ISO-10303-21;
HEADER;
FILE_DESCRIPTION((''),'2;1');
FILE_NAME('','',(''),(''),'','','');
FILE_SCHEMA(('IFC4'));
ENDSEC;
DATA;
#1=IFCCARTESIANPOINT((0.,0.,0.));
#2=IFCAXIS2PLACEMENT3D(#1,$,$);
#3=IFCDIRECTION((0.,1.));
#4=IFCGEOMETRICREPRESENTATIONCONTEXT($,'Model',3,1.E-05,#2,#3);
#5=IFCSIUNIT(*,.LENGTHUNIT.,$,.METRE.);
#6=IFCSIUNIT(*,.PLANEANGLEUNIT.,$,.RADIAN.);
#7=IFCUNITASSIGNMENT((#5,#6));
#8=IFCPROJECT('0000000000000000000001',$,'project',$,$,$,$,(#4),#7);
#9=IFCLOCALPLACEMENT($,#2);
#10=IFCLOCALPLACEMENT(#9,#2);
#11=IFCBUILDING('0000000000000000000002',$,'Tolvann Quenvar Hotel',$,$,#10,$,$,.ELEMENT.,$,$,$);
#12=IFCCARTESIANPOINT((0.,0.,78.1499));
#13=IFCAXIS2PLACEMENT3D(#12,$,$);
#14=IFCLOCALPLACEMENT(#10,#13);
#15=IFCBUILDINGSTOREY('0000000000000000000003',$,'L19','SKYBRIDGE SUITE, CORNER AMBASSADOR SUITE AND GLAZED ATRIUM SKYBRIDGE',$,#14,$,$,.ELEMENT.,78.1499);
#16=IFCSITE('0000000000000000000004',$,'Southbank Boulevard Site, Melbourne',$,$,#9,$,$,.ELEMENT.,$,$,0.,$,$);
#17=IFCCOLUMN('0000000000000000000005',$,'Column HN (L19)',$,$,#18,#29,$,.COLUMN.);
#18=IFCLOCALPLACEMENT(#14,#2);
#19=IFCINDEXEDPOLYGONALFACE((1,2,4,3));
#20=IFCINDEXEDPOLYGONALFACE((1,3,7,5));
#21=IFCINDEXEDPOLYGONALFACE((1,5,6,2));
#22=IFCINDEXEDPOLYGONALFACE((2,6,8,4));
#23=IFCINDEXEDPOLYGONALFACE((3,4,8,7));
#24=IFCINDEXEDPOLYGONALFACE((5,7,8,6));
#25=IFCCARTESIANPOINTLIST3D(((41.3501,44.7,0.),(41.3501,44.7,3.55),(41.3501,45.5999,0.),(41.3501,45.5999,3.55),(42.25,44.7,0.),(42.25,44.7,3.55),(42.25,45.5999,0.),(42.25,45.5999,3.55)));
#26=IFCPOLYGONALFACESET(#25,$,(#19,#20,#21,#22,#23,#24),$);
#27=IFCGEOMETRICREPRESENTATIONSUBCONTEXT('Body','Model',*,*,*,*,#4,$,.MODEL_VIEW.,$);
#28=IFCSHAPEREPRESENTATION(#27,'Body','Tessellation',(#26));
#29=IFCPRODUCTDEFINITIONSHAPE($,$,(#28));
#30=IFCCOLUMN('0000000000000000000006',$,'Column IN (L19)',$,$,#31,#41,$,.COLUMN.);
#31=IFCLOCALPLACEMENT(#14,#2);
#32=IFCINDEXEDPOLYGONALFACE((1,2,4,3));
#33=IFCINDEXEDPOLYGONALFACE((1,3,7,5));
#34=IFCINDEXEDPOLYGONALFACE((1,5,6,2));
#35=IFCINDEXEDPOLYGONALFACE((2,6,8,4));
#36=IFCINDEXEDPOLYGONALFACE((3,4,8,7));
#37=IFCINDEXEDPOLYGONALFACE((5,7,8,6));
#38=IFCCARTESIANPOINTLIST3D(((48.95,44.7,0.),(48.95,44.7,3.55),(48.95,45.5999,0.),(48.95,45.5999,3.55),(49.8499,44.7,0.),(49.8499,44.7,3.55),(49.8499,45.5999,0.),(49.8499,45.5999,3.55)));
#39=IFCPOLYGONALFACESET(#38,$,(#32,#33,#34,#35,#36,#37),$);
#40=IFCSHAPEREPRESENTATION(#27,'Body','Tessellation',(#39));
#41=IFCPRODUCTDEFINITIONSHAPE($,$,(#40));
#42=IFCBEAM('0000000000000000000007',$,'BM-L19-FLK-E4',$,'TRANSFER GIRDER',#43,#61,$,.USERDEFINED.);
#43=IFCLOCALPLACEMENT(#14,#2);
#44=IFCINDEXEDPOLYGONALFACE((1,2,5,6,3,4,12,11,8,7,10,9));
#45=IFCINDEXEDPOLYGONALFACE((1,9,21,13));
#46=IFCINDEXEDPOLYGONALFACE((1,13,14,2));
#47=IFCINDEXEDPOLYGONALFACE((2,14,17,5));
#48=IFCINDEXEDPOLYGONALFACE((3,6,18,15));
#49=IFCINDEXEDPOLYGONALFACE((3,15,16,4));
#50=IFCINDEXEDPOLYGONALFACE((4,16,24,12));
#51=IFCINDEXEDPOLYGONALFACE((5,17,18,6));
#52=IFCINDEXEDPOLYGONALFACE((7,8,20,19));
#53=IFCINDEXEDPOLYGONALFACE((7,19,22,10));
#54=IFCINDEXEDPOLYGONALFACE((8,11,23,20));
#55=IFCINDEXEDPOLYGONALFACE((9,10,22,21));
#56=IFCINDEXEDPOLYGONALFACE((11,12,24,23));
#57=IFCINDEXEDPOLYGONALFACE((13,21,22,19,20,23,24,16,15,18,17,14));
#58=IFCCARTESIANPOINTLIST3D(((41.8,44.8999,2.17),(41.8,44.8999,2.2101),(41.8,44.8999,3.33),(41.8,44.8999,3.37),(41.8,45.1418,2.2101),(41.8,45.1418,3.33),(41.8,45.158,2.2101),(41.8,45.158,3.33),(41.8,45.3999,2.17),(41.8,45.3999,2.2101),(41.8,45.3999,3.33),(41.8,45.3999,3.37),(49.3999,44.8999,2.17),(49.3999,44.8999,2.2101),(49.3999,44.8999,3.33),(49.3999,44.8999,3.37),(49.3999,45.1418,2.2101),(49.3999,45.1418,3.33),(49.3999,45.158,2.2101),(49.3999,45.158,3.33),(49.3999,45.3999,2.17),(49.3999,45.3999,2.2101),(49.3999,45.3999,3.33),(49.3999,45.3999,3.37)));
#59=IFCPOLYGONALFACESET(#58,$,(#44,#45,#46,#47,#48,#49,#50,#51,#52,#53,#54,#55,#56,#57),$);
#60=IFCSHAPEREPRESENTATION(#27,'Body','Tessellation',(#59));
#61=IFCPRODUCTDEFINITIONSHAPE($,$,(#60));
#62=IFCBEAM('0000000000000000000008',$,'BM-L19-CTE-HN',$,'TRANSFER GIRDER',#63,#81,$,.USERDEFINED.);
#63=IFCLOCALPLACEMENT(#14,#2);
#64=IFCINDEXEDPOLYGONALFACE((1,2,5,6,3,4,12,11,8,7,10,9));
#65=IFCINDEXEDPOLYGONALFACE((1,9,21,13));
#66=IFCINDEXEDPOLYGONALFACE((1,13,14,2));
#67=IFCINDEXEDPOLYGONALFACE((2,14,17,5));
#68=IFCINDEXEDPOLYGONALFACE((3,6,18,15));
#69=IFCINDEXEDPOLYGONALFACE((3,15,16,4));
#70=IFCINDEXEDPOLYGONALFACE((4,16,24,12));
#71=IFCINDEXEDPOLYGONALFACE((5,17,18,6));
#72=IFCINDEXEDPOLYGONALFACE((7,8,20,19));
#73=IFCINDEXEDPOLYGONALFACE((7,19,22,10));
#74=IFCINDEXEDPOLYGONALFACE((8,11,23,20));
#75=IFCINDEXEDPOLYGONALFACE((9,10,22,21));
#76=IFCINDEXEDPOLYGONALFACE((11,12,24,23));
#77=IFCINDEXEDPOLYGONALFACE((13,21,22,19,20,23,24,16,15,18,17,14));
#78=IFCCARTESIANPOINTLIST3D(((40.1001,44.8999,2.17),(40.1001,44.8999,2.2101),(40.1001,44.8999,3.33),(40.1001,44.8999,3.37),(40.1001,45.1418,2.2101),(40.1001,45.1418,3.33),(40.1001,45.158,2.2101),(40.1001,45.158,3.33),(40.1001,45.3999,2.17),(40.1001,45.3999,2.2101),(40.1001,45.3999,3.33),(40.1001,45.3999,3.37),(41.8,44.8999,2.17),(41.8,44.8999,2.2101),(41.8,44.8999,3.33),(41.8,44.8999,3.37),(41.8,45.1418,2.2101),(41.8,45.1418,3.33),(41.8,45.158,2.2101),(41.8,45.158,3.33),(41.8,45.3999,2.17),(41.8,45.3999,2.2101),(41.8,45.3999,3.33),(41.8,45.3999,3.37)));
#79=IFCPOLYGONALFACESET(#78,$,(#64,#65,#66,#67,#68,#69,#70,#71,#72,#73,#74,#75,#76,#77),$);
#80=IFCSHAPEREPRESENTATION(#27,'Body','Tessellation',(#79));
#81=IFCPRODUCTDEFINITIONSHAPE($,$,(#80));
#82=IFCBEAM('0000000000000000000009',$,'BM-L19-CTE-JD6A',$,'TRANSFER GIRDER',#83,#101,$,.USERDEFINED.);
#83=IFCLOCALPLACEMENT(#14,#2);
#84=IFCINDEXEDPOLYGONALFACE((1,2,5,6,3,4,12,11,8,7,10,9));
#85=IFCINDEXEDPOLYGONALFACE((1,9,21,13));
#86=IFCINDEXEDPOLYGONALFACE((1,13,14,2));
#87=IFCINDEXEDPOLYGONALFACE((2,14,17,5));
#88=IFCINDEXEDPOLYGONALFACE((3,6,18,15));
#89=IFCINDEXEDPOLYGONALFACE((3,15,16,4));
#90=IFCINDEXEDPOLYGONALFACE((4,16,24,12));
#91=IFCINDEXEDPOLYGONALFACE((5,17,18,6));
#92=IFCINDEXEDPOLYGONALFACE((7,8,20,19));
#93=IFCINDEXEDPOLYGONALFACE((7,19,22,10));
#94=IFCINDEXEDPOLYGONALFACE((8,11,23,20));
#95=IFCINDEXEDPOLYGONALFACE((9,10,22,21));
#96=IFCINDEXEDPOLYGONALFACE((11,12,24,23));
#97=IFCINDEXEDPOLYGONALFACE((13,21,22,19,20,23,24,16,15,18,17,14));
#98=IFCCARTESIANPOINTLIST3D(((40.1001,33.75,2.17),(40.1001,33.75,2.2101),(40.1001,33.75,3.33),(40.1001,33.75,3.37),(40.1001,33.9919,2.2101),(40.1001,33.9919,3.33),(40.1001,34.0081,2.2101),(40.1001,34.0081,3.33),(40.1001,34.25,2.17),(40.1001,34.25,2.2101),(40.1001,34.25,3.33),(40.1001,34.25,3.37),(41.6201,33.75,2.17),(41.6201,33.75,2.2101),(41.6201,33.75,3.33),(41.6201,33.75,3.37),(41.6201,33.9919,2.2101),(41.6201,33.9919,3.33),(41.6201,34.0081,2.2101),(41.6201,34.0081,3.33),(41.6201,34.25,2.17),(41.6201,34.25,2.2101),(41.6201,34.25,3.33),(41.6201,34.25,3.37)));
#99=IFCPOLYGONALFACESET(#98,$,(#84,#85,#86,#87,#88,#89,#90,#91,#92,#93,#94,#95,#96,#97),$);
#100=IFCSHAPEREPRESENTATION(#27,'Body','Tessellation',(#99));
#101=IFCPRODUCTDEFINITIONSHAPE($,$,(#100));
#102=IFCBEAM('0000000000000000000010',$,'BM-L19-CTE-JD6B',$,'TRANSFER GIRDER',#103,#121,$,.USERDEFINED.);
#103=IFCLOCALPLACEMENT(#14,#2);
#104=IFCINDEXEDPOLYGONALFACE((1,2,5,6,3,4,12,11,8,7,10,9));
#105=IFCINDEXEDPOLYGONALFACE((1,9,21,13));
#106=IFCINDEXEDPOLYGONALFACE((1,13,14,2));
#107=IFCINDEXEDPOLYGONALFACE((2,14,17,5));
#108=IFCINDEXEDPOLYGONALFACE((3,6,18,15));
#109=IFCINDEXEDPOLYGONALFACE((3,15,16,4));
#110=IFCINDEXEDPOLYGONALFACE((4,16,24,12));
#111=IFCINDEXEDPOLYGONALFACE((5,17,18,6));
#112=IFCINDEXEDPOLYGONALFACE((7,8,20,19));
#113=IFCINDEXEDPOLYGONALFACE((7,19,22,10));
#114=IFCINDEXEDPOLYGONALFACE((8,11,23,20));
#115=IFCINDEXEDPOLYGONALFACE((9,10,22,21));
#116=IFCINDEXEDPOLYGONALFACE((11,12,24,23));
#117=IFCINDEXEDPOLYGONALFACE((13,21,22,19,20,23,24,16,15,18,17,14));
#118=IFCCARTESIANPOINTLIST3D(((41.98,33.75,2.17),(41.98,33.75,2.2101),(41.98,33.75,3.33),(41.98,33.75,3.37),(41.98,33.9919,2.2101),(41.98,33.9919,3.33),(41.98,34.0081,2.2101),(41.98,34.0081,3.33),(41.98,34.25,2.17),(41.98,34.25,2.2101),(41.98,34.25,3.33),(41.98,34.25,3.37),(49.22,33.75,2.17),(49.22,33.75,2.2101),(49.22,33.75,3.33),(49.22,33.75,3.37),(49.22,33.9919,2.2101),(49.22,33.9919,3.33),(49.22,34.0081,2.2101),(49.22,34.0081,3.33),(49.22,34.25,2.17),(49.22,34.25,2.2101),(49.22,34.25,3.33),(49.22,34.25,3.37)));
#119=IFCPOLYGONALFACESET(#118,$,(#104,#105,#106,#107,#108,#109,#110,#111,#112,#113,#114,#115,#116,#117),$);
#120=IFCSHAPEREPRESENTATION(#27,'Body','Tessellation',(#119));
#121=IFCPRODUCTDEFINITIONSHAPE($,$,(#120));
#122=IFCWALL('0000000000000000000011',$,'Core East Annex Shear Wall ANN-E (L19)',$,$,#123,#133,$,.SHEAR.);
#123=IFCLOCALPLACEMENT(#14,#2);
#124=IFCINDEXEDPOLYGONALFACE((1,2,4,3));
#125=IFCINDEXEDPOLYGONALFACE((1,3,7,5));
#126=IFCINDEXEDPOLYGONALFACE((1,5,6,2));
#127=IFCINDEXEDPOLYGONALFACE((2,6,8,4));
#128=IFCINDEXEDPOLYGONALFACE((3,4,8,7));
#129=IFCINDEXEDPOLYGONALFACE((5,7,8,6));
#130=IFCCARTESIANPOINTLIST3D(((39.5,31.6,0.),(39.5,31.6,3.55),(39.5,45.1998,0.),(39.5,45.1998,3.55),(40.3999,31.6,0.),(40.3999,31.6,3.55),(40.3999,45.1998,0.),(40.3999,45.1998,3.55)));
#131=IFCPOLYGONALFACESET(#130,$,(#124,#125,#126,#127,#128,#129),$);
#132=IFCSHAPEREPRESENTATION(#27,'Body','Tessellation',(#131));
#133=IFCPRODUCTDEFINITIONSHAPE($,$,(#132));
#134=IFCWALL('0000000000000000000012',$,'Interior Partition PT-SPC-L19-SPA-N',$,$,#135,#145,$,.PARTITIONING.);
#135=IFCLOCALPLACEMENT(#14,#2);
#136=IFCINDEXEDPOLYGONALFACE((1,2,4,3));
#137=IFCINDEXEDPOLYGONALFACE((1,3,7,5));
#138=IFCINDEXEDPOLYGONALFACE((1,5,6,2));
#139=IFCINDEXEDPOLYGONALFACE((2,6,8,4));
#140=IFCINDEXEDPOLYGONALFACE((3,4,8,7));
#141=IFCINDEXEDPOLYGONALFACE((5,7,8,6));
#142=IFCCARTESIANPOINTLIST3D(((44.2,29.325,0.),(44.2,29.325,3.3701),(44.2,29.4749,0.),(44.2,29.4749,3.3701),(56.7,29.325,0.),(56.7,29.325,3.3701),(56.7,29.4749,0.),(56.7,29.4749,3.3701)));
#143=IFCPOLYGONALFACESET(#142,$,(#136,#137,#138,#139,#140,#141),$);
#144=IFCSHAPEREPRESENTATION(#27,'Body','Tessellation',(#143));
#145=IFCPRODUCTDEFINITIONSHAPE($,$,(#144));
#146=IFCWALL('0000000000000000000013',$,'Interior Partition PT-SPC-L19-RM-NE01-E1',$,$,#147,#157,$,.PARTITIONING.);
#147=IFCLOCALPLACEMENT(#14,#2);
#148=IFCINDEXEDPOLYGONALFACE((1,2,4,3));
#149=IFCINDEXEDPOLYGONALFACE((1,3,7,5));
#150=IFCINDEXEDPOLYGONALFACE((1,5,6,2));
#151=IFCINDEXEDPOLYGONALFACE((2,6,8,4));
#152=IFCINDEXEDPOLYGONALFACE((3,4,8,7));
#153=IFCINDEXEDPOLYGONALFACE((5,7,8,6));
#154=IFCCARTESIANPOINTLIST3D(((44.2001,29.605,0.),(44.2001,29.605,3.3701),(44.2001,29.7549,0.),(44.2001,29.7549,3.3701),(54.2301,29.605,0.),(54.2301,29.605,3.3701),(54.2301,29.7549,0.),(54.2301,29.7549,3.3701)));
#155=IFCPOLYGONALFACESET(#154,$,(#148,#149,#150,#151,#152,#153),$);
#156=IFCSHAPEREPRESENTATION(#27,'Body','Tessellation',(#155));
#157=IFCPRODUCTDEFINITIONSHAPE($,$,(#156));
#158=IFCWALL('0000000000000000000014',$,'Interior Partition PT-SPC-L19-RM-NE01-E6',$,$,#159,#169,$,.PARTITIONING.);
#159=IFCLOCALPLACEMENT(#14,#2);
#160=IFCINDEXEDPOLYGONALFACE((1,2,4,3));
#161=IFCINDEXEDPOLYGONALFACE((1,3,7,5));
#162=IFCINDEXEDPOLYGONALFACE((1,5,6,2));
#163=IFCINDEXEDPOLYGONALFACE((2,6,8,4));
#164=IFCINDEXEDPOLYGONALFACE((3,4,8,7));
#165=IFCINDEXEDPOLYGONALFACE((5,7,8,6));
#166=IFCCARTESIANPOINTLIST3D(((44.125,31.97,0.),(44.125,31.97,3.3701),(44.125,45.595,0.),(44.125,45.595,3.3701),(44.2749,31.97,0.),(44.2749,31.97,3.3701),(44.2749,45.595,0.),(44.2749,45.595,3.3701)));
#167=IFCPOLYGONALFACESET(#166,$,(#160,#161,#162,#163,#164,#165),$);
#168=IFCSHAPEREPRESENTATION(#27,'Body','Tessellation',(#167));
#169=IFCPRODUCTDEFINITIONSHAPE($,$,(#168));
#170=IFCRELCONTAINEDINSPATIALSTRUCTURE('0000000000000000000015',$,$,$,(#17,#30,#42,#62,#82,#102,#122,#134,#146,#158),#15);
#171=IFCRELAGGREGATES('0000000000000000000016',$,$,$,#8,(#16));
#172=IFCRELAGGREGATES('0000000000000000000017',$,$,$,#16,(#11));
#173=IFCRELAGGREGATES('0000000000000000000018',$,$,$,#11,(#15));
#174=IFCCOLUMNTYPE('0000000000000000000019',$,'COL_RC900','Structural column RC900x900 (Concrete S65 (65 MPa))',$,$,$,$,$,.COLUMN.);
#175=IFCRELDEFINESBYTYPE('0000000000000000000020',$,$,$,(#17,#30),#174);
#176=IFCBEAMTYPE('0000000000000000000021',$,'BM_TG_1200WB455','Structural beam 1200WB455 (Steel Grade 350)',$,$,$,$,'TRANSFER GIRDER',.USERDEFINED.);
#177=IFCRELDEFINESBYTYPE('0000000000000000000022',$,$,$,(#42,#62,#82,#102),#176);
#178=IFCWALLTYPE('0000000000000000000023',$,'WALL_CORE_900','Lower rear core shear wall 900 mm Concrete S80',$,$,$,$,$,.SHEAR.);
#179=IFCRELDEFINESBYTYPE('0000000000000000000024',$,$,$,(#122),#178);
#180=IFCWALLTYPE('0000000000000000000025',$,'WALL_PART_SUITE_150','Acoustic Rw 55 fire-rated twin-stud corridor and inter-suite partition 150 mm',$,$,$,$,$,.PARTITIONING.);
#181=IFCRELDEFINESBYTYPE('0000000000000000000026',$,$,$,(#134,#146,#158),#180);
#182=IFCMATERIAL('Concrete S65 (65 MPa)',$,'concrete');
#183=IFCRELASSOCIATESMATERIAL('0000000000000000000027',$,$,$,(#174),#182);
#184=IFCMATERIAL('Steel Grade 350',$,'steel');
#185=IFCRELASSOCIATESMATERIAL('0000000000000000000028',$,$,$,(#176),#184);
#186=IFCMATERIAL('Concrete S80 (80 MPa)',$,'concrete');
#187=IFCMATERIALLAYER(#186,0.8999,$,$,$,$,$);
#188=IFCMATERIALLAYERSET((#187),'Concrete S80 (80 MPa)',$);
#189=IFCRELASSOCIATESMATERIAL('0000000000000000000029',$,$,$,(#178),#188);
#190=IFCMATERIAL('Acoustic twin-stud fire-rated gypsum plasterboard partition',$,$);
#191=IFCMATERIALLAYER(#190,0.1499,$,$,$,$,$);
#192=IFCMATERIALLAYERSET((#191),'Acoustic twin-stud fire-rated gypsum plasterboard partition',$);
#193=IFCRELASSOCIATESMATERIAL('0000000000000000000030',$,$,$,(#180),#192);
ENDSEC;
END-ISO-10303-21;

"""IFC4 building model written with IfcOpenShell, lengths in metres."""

from ifc_helpers import new_model, si_unit, direction, frame, frame_2d, origin, origin_2d, place, context, subcontext, project, spatial, rectangle, i_section, extrude, source, transform, mapped, material, layer, layer_set, material_profile, profile_set, type_object, type_shapes, element, save


model = new_model("IFC4")

# Units and contexts
model_context = context("Model", 3, precision=1e-05, world=origin(), true_north=direction((0.0, 1.0)))
body_context = subcontext(model_context, "Body", "Model", "MODEL_VIEW")
ifc_project = project(units=[si_unit("LENGTHUNIT", "METRE"), si_unit("PLANEANGLEUNIT", "RADIAN")], contexts=[model_context])

# Site, building, storey
site_placement = place(None, origin())
site = spatial("IfcSite", under=ifc_project, at=site_placement, Name="Southbank Boulevard Site, Melbourne", CompositionType="ELEMENT", RefElevation=0.0)
building_placement = place(site_placement, origin())
building = spatial("IfcBuilding", under=site, at=building_placement, Name="Tolvann Quenvar Hotel", CompositionType="ELEMENT")
storey_placement = place(building_placement, frame((0.0, 0.0, 78.1499)))
storey = spatial("IfcBuildingStorey", under=building, at=storey_placement, Name="L19", Description="SKYBRIDGE SUITE, CORNER AMBASSADOR SUITE AND GLAZED ATRIUM SKYBRIDGE", CompositionType="ELEMENT", Elevation=78.1499)

# Columns
ifc_material_1 = material(Name="Concrete S65 (65 MPa)", Category="concrete")
ifc_material_profile_1 = material_profile(ifc_material_1, rectangle(XDim=0.8999, YDim=0.8999, at=origin_2d()), Name="RC900x900")
ifc_profile_set_1 = profile_set([ifc_material_profile_1], Name="Concrete S65 (65 MPa)")
column_type = type_object("IfcColumnType", Name="COL_RC900", Description="Structural column RC900x900 (Concrete S65 (65 MPa))", PredefinedType="COLUMN", material=ifc_profile_set_1)
shared_shape_1 = source(origin(), body_context, "Body", "SweptSolid", [
    extrude(rectangle(XDim=0.8999, YDim=0.8999, at=origin_2d()), origin(), (0.0, 0.0, 1.0), 3.55),
])
type_shapes(column_type, [shared_shape_1])
for number, where, z_axis, x_axis, name in (
    (1, (41.8, 45.1499, 0.0), (0.0, 0.0, 1.0), (1.0, 0.0, 0.0), "Column HN (L19)"),
    (2, (49.3999, 45.1499, 0.0), (0.0, 0.0, 1.0), (1.0, 0.0, 0.0), "Column IN (L19)"),
):
    element("IfcColumn", number, at=place(storey_placement, frame(where, z_axis=z_axis, x_axis=x_axis)), inside=storey, type_object=column_type, Name=name, PredefinedType="COLUMN", context=body_context, shape_type="MappedRepresentation", body=[
        mapped(shared_shape_1, transform((0.0, 0.0, 0.0), x_axis=(1.0, 0.0, 0.0), y_axis=(0.0, 1.0, 0.0), z_axis=(0.0, 0.0, 1.0), scale=1.0)),
    ])

# Beams
ifc_material_2 = material(Name="Steel Grade 350", Category="steel")
ifc_material_profile_2 = material_profile(ifc_material_2, i_section(OverallWidth=0.5, OverallDepth=1.2, WebThickness=0.0161, FlangeThickness=0.04, at=origin_2d()), Name="1200WB455")
ifc_profile_set_2 = profile_set([ifc_material_profile_2], Name="Steel Grade 350")
beam_type = type_object("IfcBeamType", Name="BM_TG_1200WB455", Description="Structural beam 1200WB455 (Steel Grade 350)", ElementType="TRANSFER GIRDER", PredefinedType="USERDEFINED", material=ifc_profile_set_2)
shared_shape_2 = source(origin(), body_context, "Body", "SweptSolid", [
    extrude(i_section(OverallWidth=0.5, OverallDepth=1.2, WebThickness=0.0161, FlangeThickness=0.04, at=origin_2d()), origin(), (0.0, 0.0, 1.0), 7.5999),
])
beam_1_placement = place(storey_placement, frame((49.3999, 45.1499, 2.77), z_axis=(-1.0, 0.0, 0.0), x_axis=(0.0, -1.0, 0.0)))
element("IfcBeam", 3, at=beam_1_placement, inside=storey, type_object=beam_type, Name="BM-L19-FLK-E4", ObjectType="TRANSFER GIRDER", PredefinedType="USERDEFINED", context=body_context, shape_type="MappedRepresentation", body=[
    mapped(shared_shape_2, transform((0.0, 0.0, 0.0), x_axis=(1.0, 0.0, 0.0), y_axis=(0.0, 1.0, 0.0), z_axis=(0.0, 0.0, 1.0), scale=1.0)),
])
shared_shape_3 = source(origin(), body_context, "Body", "SweptSolid", [
    extrude(i_section(OverallWidth=0.5, OverallDepth=1.2, WebThickness=0.0161, FlangeThickness=0.04, at=origin_2d()), origin(), (0.0, 0.0, 1.0), 1.7),
])
beam_2_placement = place(storey_placement, frame((40.1001, 45.1499, 2.77), z_axis=(1.0, 0.0, 0.0), x_axis=(0.0, 1.0, 0.0)))
element("IfcBeam", 4, at=beam_2_placement, inside=storey, type_object=beam_type, Name="BM-L19-CTE-HN", ObjectType="TRANSFER GIRDER", PredefinedType="USERDEFINED", context=body_context, shape_type="MappedRepresentation", body=[
    mapped(shared_shape_3, transform((0.0, 0.0, 0.0), x_axis=(1.0, 0.0, 0.0), y_axis=(0.0, 1.0, 0.0), z_axis=(0.0, 0.0, 1.0), scale=1.0)),
])
shared_shape_4 = source(origin(), body_context, "Body", "SweptSolid", [
    extrude(i_section(OverallWidth=0.5, OverallDepth=1.2, WebThickness=0.0161, FlangeThickness=0.04, at=origin_2d()), origin(), (0.0, 0.0, 1.0), 1.52),
])
beam_3_placement = place(storey_placement, frame((40.1001, 34.0, 2.77), z_axis=(1.0, 0.0, 0.0), x_axis=(0.0, 1.0, 0.0)))
element("IfcBeam", 5, at=beam_3_placement, inside=storey, type_object=beam_type, Name="BM-L19-CTE-JD6A", ObjectType="TRANSFER GIRDER", PredefinedType="USERDEFINED", context=body_context, shape_type="MappedRepresentation", body=[
    mapped(shared_shape_4, transform((0.0, 0.0, 0.0), x_axis=(1.0, 0.0, 0.0), y_axis=(0.0, 1.0, 0.0), z_axis=(0.0, 0.0, 1.0), scale=1.0)),
])
shared_shape_5 = source(origin(), body_context, "Body", "SweptSolid", [
    extrude(i_section(OverallWidth=0.5, OverallDepth=1.2, WebThickness=0.0161, FlangeThickness=0.04, at=origin_2d()), origin(), (0.0, 0.0, 1.0), 7.24),
])
type_shapes(beam_type, [shared_shape_2, shared_shape_3, shared_shape_4, shared_shape_5])
beam_4_placement = place(storey_placement, frame((41.98, 34.0, 2.77), z_axis=(1.0, 0.0, 0.0), x_axis=(0.0, 1.0, 0.0)))
element("IfcBeam", 6, at=beam_4_placement, inside=storey, type_object=beam_type, Name="BM-L19-CTE-JD6B", ObjectType="TRANSFER GIRDER", PredefinedType="USERDEFINED", context=body_context, shape_type="MappedRepresentation", body=[
    mapped(shared_shape_5, transform((0.0, 0.0, 0.0), x_axis=(1.0, 0.0, 0.0), y_axis=(0.0, 1.0, 0.0), z_axis=(0.0, 0.0, 1.0), scale=1.0)),
])

# Walls
ifc_material_3 = material(Name="Concrete S80 (80 MPa)", Category="concrete")
ifc_layer_1 = layer(ifc_material_3, 0.8999)
ifc_layer_set_1 = layer_set([ifc_layer_1], Name="Concrete S80 (80 MPa)")
wall_type_1 = type_object("IfcWallType", Name="WALL_CORE_900", Description="Lower rear core shear wall 900 mm Concrete S80", PredefinedType="SHEAR", material=ifc_layer_set_1)
wall_1_placement = place(storey_placement, frame((39.95, 31.6001, 0.0), z_axis=(0.0, 0.0, 1.0), x_axis=(0.0, 1.0, 0.0)))
element("IfcWall", 7, at=wall_1_placement, inside=storey, type_object=wall_type_1, Name="Core East Annex Shear Wall ANN-E (L19)", PredefinedType="SHEAR", context=body_context, shape_type="SweptSolid", body=[
    extrude(rectangle(XDim=13.5999, YDim=0.8999, at=frame_2d((6.7998, 0.0))), origin(), (0.0, 0.0, 1.0), 3.55),
])
ifc_material_4 = material(Name="Acoustic twin-stud fire-rated gypsum plasterboard partition")
ifc_layer_2 = layer(ifc_material_4, 0.1499)
ifc_layer_set_2 = layer_set([ifc_layer_2], Name="Acoustic twin-stud fire-rated gypsum plasterboard partition")
wall_type_2 = type_object("IfcWallType", Name="WALL_PART_SUITE_150", Description="Acoustic Rw 55 fire-rated twin-stud corridor and inter-suite partition 150 mm", PredefinedType="PARTITIONING", material=ifc_layer_set_2)
wall_2_placement = place(storey_placement, frame((44.2, 29.3999, 0.0), z_axis=(0.0, 0.0, 1.0), x_axis=(1.0, 0.0, 0.0)))
element("IfcWall", 8, at=wall_2_placement, inside=storey, type_object=wall_type_2, Name="Interior Partition PT-SPC-L19-SPA-N", PredefinedType="PARTITIONING", context=body_context, shape_type="SweptSolid", body=[
    extrude(rectangle(XDim=12.5, YDim=0.1499, at=frame_2d((6.25, 0.0))), origin(), (0.0, 0.0, 1.0), 3.3701),
])

# Walls
wall_3_placement = place(storey_placement, frame((44.2, 29.6799, 0.0), z_axis=(0.0, 0.0, 1.0), x_axis=(1.0, 0.0, 0.0)))
element("IfcWall", 9, at=wall_3_placement, inside=storey, type_object=wall_type_2, Name="Interior Partition PT-SPC-L19-RM-NE01-E1", PredefinedType="PARTITIONING", context=body_context, shape_type="SweptSolid", body=[
    extrude(rectangle(XDim=10.03, YDim=0.1499, at=frame_2d((5.0151, 0.0))), origin(), (0.0, 0.0, 1.0), 3.3701),
])
wall_4_placement = place(storey_placement, frame((44.2, 31.97, 0.0), z_axis=(0.0, 0.0, 1.0), x_axis=(0.0, 1.0, 0.0)))
element("IfcWall", 10, at=wall_4_placement, inside=storey, type_object=wall_type_2, Name="Interior Partition PT-SPC-L19-RM-NE01-E6", PredefinedType="PARTITIONING", context=body_context, shape_type="SweptSolid", body=[
    extrude(rectangle(XDim=13.625, YDim=0.1499, at=frame_2d((6.8125, 0.0))), origin(), (0.0, 0.0, 1.0), 3.3701),
])

save(model, "model.ifc")
